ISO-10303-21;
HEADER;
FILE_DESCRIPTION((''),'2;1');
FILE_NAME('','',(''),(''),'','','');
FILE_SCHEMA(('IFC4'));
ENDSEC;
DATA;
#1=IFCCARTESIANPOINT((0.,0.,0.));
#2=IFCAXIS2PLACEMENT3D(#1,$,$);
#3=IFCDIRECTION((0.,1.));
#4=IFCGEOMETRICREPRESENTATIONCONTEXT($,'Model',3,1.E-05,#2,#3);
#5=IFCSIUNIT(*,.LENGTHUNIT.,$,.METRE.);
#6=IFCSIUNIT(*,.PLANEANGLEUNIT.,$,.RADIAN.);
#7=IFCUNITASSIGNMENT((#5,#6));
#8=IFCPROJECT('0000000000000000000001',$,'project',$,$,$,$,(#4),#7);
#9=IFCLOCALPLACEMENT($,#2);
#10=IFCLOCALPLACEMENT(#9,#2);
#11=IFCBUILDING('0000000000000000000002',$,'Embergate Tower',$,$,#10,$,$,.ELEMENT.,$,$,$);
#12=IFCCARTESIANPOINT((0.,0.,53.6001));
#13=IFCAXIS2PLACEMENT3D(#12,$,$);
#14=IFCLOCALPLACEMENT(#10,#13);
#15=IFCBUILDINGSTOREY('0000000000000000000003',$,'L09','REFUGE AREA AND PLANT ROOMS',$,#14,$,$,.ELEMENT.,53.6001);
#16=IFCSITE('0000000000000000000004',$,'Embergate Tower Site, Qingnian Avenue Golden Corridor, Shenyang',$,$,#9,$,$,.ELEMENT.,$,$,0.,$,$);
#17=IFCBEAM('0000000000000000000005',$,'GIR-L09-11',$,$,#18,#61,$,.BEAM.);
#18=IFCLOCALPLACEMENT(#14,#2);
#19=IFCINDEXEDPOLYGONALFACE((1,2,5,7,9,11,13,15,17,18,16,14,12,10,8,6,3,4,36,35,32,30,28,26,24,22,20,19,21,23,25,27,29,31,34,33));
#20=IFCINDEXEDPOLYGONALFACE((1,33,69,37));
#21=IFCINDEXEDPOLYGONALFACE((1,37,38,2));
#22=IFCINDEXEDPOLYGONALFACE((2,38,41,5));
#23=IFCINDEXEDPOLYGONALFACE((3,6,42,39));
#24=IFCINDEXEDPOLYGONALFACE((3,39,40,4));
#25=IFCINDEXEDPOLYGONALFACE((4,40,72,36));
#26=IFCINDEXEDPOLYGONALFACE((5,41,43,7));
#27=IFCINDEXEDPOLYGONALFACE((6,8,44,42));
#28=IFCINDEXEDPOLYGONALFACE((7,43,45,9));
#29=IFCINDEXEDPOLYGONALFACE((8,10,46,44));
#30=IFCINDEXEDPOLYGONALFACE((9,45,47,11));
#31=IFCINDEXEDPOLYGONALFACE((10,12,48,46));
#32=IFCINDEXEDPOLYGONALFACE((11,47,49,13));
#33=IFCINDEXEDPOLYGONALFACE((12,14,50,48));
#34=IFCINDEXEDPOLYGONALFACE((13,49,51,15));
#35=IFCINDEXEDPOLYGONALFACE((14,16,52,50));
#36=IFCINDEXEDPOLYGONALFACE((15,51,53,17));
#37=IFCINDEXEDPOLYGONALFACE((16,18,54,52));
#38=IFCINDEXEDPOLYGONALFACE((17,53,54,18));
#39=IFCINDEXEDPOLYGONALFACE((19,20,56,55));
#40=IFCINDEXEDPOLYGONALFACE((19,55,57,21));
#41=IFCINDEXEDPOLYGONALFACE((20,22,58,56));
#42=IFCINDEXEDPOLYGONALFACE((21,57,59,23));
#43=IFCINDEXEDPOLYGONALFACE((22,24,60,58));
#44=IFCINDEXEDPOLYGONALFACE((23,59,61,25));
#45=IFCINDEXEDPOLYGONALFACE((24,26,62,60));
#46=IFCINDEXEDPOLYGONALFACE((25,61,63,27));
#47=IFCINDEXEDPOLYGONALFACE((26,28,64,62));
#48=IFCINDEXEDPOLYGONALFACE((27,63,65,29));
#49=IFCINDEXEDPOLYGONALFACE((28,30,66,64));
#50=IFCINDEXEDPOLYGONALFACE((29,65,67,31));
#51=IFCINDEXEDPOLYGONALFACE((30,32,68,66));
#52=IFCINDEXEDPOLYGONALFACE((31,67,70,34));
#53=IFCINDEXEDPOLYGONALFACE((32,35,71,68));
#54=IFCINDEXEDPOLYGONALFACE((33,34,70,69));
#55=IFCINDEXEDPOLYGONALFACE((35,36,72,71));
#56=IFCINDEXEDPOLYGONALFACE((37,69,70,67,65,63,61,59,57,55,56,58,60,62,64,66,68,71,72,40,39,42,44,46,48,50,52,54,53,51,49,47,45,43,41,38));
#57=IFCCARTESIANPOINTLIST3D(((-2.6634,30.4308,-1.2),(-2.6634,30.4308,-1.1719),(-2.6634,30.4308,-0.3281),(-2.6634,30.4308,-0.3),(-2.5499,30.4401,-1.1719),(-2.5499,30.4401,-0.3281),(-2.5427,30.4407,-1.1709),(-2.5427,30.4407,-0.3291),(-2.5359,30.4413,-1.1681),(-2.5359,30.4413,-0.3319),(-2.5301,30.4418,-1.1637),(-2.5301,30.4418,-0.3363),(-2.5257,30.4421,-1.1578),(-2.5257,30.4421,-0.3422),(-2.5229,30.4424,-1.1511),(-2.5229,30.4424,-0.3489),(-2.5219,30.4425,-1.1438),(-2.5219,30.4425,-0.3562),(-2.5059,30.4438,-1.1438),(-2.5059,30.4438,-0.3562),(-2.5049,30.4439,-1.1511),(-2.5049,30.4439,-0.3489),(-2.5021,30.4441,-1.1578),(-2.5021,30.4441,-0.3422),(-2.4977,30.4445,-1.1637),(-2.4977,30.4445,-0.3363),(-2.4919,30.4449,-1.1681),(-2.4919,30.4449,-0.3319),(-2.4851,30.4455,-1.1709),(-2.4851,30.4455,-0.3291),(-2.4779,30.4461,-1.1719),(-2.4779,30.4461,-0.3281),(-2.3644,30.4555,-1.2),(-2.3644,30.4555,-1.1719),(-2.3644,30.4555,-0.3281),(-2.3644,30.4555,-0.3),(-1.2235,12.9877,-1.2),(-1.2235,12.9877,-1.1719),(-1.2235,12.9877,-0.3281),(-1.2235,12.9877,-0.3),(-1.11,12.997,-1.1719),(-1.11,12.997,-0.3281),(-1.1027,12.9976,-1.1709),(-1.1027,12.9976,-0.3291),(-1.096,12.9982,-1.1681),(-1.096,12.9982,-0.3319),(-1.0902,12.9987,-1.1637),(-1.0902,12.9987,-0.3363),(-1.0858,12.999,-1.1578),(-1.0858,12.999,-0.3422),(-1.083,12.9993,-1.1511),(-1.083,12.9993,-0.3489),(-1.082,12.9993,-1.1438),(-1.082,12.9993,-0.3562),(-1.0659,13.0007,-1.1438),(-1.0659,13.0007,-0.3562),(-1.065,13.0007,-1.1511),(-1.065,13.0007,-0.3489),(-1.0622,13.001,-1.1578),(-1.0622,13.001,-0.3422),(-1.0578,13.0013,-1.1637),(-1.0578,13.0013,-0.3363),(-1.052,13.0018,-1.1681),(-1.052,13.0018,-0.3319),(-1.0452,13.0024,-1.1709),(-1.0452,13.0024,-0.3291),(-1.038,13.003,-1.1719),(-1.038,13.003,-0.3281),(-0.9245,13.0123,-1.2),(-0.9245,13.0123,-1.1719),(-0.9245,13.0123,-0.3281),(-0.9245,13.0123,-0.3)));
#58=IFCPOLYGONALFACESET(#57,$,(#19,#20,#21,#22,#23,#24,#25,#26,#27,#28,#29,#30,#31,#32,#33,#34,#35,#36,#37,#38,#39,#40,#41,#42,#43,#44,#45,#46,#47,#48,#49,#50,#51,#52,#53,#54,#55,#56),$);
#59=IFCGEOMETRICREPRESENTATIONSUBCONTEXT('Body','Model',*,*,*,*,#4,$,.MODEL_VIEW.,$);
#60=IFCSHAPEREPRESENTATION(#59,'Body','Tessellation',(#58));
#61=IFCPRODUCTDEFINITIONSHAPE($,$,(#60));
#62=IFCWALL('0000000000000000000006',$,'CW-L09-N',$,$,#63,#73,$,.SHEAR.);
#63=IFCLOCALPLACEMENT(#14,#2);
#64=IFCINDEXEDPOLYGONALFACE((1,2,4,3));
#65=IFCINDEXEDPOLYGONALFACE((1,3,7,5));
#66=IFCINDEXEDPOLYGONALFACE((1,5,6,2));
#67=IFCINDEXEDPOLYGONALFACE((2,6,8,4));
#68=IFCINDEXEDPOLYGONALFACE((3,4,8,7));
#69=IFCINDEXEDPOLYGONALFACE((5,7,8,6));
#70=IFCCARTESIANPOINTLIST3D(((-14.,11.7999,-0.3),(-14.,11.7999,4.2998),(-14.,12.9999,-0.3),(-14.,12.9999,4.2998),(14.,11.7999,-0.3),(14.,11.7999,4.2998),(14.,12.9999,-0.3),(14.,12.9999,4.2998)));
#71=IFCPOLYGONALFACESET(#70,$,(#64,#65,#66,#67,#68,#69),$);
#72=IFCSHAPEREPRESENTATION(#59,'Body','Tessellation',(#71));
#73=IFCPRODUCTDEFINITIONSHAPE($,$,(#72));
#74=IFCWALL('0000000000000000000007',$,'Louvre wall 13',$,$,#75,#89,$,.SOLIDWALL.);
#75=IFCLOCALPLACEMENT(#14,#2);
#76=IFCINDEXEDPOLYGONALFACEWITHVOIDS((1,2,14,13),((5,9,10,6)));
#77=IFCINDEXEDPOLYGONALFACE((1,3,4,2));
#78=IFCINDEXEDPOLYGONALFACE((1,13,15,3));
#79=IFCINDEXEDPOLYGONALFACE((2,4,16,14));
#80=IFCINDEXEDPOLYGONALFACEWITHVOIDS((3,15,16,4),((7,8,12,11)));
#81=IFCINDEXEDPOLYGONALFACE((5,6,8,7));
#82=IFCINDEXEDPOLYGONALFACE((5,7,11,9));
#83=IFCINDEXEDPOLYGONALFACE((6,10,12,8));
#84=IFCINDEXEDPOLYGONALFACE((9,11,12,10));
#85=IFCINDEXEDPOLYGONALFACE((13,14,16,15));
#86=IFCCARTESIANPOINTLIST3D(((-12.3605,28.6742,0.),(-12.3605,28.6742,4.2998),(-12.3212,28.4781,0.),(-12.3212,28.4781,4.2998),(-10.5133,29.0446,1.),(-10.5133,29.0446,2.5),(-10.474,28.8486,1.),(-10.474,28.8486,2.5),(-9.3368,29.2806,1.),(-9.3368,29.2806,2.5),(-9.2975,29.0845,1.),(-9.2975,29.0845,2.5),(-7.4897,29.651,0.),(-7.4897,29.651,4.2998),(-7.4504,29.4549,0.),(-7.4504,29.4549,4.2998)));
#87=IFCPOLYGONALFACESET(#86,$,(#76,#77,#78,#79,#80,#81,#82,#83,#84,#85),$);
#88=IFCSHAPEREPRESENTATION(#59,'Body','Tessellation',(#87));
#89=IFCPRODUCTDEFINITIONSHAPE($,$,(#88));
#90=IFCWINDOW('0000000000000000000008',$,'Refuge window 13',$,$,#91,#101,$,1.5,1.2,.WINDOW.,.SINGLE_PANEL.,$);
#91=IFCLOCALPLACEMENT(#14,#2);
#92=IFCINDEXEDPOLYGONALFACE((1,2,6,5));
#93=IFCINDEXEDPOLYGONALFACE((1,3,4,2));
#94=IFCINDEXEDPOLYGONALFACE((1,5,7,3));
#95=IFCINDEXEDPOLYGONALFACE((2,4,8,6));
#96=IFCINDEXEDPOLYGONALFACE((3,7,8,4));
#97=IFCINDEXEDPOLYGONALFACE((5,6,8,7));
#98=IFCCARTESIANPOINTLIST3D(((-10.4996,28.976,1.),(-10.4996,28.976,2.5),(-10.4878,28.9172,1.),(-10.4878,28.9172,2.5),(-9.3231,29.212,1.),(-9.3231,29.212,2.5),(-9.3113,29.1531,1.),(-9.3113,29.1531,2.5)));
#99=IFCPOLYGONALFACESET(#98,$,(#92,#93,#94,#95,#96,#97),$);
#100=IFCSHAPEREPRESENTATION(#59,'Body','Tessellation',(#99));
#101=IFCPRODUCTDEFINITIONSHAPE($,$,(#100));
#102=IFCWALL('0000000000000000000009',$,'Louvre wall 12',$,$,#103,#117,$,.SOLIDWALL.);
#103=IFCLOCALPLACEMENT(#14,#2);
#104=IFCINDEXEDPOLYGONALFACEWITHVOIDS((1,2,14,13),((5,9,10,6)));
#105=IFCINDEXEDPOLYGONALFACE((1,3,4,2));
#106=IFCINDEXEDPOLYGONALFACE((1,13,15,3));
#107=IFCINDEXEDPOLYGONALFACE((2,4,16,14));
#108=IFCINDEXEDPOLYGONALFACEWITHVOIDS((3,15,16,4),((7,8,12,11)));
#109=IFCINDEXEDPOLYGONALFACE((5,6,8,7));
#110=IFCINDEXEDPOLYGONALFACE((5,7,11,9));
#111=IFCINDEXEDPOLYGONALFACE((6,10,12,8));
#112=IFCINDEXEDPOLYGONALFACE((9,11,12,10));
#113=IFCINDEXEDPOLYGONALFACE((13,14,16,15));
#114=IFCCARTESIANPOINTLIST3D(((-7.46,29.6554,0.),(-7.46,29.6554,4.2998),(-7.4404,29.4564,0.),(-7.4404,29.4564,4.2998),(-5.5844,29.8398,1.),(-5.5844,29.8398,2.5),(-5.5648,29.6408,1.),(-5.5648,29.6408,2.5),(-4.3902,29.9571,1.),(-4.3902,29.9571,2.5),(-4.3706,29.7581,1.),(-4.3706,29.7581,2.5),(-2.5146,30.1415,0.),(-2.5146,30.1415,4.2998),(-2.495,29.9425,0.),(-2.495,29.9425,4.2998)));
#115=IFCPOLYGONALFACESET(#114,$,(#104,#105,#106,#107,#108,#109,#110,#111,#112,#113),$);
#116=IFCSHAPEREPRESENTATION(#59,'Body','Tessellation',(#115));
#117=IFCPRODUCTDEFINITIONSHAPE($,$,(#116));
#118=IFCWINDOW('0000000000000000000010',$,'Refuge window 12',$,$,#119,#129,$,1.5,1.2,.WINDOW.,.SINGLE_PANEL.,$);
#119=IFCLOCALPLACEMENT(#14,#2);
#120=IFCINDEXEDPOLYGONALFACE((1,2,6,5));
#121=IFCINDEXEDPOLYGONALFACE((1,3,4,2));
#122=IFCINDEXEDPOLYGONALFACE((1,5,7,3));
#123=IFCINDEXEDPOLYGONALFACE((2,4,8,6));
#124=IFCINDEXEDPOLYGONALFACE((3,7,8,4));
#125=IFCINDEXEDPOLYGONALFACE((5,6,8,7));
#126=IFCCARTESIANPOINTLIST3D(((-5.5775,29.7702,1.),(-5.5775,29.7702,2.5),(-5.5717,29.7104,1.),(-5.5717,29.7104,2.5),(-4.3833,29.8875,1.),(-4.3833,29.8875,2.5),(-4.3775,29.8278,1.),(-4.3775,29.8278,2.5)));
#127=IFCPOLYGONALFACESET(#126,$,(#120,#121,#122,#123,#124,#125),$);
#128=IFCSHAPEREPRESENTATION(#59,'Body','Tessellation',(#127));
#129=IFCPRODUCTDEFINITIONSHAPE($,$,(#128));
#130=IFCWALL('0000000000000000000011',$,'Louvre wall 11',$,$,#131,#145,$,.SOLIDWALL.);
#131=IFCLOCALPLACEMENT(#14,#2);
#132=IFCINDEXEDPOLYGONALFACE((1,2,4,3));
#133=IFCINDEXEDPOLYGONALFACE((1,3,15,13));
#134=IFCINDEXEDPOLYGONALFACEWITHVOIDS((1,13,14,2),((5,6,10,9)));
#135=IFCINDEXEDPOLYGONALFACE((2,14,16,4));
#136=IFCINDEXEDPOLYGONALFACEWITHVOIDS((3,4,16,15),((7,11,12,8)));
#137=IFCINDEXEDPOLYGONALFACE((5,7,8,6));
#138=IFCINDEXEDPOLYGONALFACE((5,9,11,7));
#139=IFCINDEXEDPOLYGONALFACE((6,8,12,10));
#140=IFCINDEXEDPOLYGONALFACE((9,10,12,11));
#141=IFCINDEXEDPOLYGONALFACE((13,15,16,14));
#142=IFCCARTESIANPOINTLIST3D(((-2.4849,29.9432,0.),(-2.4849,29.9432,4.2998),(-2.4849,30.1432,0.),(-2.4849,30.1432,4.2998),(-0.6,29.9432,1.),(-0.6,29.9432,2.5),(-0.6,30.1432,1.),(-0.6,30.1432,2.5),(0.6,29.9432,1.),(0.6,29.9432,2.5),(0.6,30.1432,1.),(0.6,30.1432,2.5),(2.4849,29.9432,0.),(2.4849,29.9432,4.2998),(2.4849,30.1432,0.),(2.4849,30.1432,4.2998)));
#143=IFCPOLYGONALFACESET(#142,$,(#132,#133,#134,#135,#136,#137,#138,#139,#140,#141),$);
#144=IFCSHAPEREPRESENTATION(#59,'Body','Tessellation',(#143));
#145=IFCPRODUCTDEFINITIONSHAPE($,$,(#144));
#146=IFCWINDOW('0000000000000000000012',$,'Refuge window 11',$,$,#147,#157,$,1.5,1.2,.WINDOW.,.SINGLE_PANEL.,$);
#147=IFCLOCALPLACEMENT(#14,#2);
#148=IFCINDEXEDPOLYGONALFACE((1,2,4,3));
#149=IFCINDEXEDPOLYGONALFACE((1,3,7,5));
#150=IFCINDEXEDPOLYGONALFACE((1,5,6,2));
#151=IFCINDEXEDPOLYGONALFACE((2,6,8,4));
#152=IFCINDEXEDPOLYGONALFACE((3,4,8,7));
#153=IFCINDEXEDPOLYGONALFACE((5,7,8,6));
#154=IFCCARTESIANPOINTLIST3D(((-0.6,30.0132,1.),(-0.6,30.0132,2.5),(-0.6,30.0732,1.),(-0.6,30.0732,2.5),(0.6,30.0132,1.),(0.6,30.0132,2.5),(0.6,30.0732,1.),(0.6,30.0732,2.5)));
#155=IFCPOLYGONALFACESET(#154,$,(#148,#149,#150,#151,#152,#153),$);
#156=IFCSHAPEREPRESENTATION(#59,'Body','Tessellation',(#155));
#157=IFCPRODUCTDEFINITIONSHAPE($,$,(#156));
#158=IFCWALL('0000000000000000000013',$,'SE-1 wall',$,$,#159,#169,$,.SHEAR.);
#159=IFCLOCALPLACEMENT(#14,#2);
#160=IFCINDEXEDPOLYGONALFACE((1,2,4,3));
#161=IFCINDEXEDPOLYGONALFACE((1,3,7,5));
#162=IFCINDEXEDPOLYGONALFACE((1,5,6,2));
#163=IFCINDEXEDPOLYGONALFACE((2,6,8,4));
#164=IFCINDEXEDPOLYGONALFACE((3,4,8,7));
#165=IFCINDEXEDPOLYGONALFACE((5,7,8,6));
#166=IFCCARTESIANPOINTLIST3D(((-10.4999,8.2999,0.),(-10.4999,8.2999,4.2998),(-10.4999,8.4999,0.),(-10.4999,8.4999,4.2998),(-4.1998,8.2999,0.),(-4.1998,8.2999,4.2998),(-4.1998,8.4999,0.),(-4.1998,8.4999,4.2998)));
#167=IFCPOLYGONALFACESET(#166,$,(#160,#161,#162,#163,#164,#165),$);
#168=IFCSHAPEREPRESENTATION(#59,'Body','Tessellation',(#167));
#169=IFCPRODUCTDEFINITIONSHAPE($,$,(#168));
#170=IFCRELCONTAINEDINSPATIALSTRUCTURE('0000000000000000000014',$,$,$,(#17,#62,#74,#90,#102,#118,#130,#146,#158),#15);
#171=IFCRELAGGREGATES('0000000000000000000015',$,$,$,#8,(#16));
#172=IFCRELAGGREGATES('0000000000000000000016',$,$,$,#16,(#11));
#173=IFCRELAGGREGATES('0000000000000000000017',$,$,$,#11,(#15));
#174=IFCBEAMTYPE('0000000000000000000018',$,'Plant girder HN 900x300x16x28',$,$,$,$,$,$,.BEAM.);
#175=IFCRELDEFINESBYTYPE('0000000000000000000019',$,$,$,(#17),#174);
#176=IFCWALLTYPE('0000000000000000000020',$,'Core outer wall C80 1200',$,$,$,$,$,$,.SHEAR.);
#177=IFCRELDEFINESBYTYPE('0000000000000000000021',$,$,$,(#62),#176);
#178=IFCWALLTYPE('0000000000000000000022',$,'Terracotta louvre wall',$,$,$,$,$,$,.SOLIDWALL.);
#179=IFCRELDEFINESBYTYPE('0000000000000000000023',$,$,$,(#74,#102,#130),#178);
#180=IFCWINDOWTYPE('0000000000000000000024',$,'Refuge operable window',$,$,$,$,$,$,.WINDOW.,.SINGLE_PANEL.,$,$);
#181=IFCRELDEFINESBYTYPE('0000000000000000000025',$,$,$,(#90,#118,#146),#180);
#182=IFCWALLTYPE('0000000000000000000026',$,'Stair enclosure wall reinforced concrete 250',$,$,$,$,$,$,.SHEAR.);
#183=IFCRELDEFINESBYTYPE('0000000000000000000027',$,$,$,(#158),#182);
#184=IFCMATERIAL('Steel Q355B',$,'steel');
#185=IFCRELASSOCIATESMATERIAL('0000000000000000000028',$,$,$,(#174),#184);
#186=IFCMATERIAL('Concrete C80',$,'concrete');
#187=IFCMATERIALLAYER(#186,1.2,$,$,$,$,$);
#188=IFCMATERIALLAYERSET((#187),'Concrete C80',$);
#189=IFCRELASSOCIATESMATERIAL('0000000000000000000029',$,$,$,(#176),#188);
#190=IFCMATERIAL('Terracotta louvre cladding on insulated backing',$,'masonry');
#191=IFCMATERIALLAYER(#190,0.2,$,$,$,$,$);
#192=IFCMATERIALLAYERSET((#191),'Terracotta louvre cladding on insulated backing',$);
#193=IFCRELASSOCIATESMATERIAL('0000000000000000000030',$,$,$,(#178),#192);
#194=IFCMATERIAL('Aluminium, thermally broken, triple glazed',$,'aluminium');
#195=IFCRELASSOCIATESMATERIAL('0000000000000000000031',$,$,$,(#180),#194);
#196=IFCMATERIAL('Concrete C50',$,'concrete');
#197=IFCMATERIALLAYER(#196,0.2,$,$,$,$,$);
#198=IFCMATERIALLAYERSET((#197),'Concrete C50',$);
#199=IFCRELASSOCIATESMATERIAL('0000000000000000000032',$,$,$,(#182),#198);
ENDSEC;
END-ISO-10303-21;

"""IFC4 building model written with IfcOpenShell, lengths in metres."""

from ifc_helpers import new_model, si_unit, direction, frame, frame_2d, origin, origin_2d, place, context, subcontext, project, spatial, rectangle, i_section, extrude, source, transform, mapped, material, layer, layer_set, material_profile, profile_set, type_object, element, fill, save


model = new_model("IFC4")

# Units and contexts
model_context = context("Model", 3, precision=1e-05, world=origin(), true_north=direction((0.0, 1.0)))
body_context = subcontext(model_context, "Body", "Model", "MODEL_VIEW")
ifc_project = project(units=[si_unit("LENGTHUNIT", "METRE"), si_unit("PLANEANGLEUNIT", "RADIAN")], contexts=[model_context])

# Site, building, storey
site_placement = place(None, origin())
site = spatial("IfcSite", under=ifc_project, at=site_placement, Name="Embergate Tower Site, Qingnian Avenue Golden Corridor, Shenyang", CompositionType="ELEMENT", RefElevation=0.0)
building_placement = place(site_placement, origin())
building = spatial("IfcBuilding", under=site, at=building_placement, Name="Embergate Tower", CompositionType="ELEMENT")
storey_placement = place(building_placement, frame((0.0, 0.0, 53.6001)))
storey = spatial("IfcBuildingStorey", under=building, at=storey_placement, Name="L09", Description="REFUGE AREA AND PLANT ROOMS", CompositionType="ELEMENT", Elevation=53.6001)

# Beam
ifc_material_1 = material(Name="Steel Q355B", Category="steel")
ifc_material_profile_1 = material_profile(ifc_material_1, i_section(OverallWidth=0.3, OverallDepth=0.8999, WebThickness=0.0161, FlangeThickness=0.0281, FilletRadius=0.0281, at=origin_2d()), Name="HN 900x300x16x28")
ifc_profile_set_1 = profile_set([ifc_material_profile_1], Name="Steel Q355 grade B")
beam_type_1 = type_object("IfcBeamType", Name="Plant girder HN 900x300x16x28", PredefinedType="BEAM", material=ifc_profile_set_1)
shared_shape_1 = source(origin(), body_context, "Body", "SweptSolid", [
    extrude(i_section(OverallWidth=0.3, OverallDepth=0.8999, WebThickness=0.0161, FlangeThickness=0.0281, FilletRadius=0.0281, at=origin_2d()), origin(), (0.0, 0.0, 1.0), 17.5024),
])
beam_1_placement = place(storey_placement, frame((-2.5139, 30.4431, -0.75), z_axis=(0.082271, -0.99661, 0.0), x_axis=(0.99661, 0.082271, 0.0)))
element("IfcBeam", 1, at=beam_1_placement, inside=storey, type_object=beam_type_1, Name="GIR-L09-11", PredefinedType="BEAM", context=body_context, shape_type="MappedRepresentation", body=[
    mapped(shared_shape_1, transform((0.0, 0.0, 0.0))),
])

# Wall
ifc_material_2 = material(Name="Concrete C80", Category="concrete")
ifc_layer_1 = layer(ifc_material_2, 1.2)
ifc_layer_set_1 = layer_set([ifc_layer_1], Name="Concrete C80")
wall_type_1 = type_object("IfcWallType", Name="Core outer wall C80 1200", PredefinedType="SHEAR", material=ifc_layer_set_1)
shared_shape_2 = source(origin(), body_context, "Body", "SweptSolid", [
    extrude(rectangle(XDim=28.0, YDim=1.2, at=frame_2d((14.0, 0.0))), origin(), (0.0, 0.0, 1.0), 4.5999),
])
wall_1_placement = place(storey_placement, frame((-14.0, 12.3999, -0.3), z_axis=(0.0, 0.0, 1.0), x_axis=(1.0, 0.0, 0.0)))
element("IfcWall", 2, at=wall_1_placement, inside=storey, type_object=wall_type_1, Name="CW-L09-N", PredefinedType="SHEAR", context=body_context, shape_type="MappedRepresentation", body=[
    mapped(shared_shape_2, transform((0.0, 0.0, 0.0))),
])

# Walls, openings, windows
ifc_material_3 = material(Name="Terracotta louvre cladding on insulated backing", Category="masonry")
ifc_layer_2 = layer(ifc_material_3, 0.2)
ifc_layer_set_2 = layer_set([ifc_layer_2], Name="Terracotta louvre cladding on insulated backing")
wall_type_2 = type_object("IfcWallType", Name="Terracotta louvre wall", PredefinedType="SOLIDWALL", material=ifc_layer_set_2)
shared_shape_3 = source(origin(), body_context, "Body", "SweptSolid", [
    extrude(rectangle(XDim=4.9678, YDim=0.2, at=frame_2d((2.4839, 0.0))), origin(), (0.0, 0.0, 1.0), 4.2998),
])
wall_2_placement = place(storey_placement, frame((-12.3408, 28.5762, 0.0), z_axis=(0.0, 0.0, 1.0), x_axis=(0.980478, 0.196626, 0.0)))
wall_2 = element("IfcWall", 3, at=wall_2_placement, inside=storey, type_object=wall_type_2, Name="Louvre wall 13", PredefinedType="SOLIDWALL", context=body_context, shape_type="MappedRepresentation", body=[
    mapped(shared_shape_3, transform((0.0, 0.0, 0.0))),
])
shared_shape_4 = source(origin(), body_context, "Body", "SweptSolid", [
    extrude(rectangle(XDim=1.2, YDim=1.5, at=frame_2d((0.6001, 0.75))), frame((0.0, 0.1099, 0.0), z_axis=(0.0, -1.0, 0.0), x_axis=(1.0, 0.0, 0.0)), (0.0, 0.0, 1.0), 0.22),
])
opening_1_placement = place(wall_2_placement, frame((1.8838, 0.0, 1.0)))
opening_1 = element("IfcOpeningElement", 4, at=opening_1_placement, cuts=wall_2, PredefinedType="OPENING", context=body_context, shape_type="MappedRepresentation", body=[
    mapped(shared_shape_4, transform((0.0, 0.0, 0.0))),
])
ifc_material_4 = material(Name="Aluminium, thermally broken, triple glazed", Category="aluminium")
window_type = type_object("IfcWindowType", Name="Refuge operable window", PartitioningType="SINGLE_PANEL", PredefinedType="WINDOW", material=ifc_material_4)
shared_shape_5 = source(origin(), body_context, "Body", "SweptSolid", [
    extrude(rectangle(XDim=1.2, YDim=1.5, at=frame_2d((0.6001, 0.75))), frame((0.0, 0.03, 0.0), z_axis=(0.0, -1.0, 0.0), x_axis=(1.0, 0.0, 0.0)), (0.0, 0.0, 1.0), 0.0601),
])
window_1_placement = place(opening_1_placement, origin())
window_1 = element("IfcWindow", 5, at=window_1_placement, inside=storey, type_object=window_type, Name="Refuge window 13", OverallHeight=1.5, OverallWidth=1.2, PartitioningType="SINGLE_PANEL", PredefinedType="WINDOW", context=body_context, shape_type="MappedRepresentation", body=[
    mapped(shared_shape_5, transform((0.0, 0.0, 0.0))),
])
fill(opening_1, window_1)
shared_shape_6 = source(origin(), body_context, "Body", "SweptSolid", [
    extrude(rectangle(XDim=4.9692, YDim=0.2, at=frame_2d((2.4846, 0.0))), origin(), (0.0, 0.0, 1.0), 4.2998),
])
wall_3_placement = place(storey_placement, frame((-7.4502, 29.5559, 0.0), z_axis=(0.0, 0.0, 1.0), x_axis=(0.995204, 0.09782, 0.0)))
wall_3 = element("IfcWall", 6, at=wall_3_placement, inside=storey, type_object=wall_type_2, Name="Louvre wall 12", PredefinedType="SOLIDWALL", context=body_context, shape_type="MappedRepresentation", body=[
    mapped(shared_shape_6, transform((0.0, 0.0, 0.0))),
])
opening_2_placement = place(wall_3_placement, frame((1.8845, 0.0, 1.0)))
opening_2 = element("IfcOpeningElement", 7, at=opening_2_placement, cuts=wall_3, PredefinedType="OPENING", context=body_context, shape_type="MappedRepresentation", body=[
    mapped(shared_shape_4, transform((0.0, 0.0, 0.0))),
])
window_2_placement = place(opening_2_placement, origin())
window_2 = element("IfcWindow", 8, at=window_2_placement, inside=storey, type_object=window_type, Name="Refuge window 12", OverallHeight=1.5, OverallWidth=1.2, PartitioningType="SINGLE_PANEL", PredefinedType="WINDOW", context=body_context, shape_type="MappedRepresentation", body=[
    mapped(shared_shape_5, transform((0.0, 0.0, 0.0))),
])
fill(opening_2, window_2)
shared_shape_7 = source(origin(), body_context, "Body", "SweptSolid", [
    extrude(rectangle(XDim=4.9697, YDim=0.2, at=frame_2d((2.4849, 0.0))), origin(), (0.0, 0.0, 1.0), 4.2998),
])
wall_4_placement = place(storey_placement, frame((-2.4849, 30.0432, 0.0), z_axis=(0.0, 0.0, 1.0), x_axis=(1.0, 0.0, 0.0)))
wall_4 = element("IfcWall", 9, at=wall_4_placement, inside=storey, type_object=wall_type_2, Name="Louvre wall 11", PredefinedType="SOLIDWALL", context=body_context, shape_type="MappedRepresentation", body=[
    mapped(shared_shape_7, transform((0.0, 0.0, 0.0))),
])
opening_3_placement = place(wall_4_placement, frame((1.8848, 0.0, 1.0)))
opening_3 = element("IfcOpeningElement", 10, at=opening_3_placement, cuts=wall_4, PredefinedType="OPENING", context=body_context, shape_type="MappedRepresentation", body=[
    mapped(shared_shape_4, transform((0.0, 0.0, 0.0))),
])
window_3_placement = place(opening_3_placement, origin())
window_3 = element("IfcWindow", 11, at=window_3_placement, inside=storey, type_object=window_type, Name="Refuge window 11", OverallHeight=1.5, OverallWidth=1.2, PartitioningType="SINGLE_PANEL", PredefinedType="WINDOW", context=body_context, shape_type="MappedRepresentation", body=[
    mapped(shared_shape_5, transform((0.0, 0.0, 0.0))),
])
fill(opening_3, window_3)

# Wall
ifc_material_5 = material(Name="Concrete C50", Category="concrete")
ifc_layer_3 = layer(ifc_material_5, 0.2)
ifc_layer_set_3 = layer_set([ifc_layer_3], Name="Concrete C50")
wall_type_3 = type_object("IfcWallType", Name="Stair enclosure wall reinforced concrete 250", PredefinedType="SHEAR", material=ifc_layer_set_3)
shared_shape_8 = source(origin(), body_context, "Body", "SweptSolid", [
    extrude(rectangle(XDim=6.3, YDim=0.2, at=frame_2d((3.1499, 0.0))), origin(), (0.0, 0.0, 1.0), 4.2998),
])
wall_5_placement = place(storey_placement, frame((-4.2, 8.3999, 0.0), z_axis=(0.0, 0.0, 1.0), x_axis=(-1.0, 0.0, 0.0)))
element("IfcWall", 12, at=wall_5_placement, inside=storey, type_object=wall_type_3, Name="SE-1 wall", PredefinedType="SHEAR", context=body_context, shape_type="MappedRepresentation", body=[
    mapped(shared_shape_8, transform((0.0, 0.0, 0.0))),
])

save(model, "model.ifc")
